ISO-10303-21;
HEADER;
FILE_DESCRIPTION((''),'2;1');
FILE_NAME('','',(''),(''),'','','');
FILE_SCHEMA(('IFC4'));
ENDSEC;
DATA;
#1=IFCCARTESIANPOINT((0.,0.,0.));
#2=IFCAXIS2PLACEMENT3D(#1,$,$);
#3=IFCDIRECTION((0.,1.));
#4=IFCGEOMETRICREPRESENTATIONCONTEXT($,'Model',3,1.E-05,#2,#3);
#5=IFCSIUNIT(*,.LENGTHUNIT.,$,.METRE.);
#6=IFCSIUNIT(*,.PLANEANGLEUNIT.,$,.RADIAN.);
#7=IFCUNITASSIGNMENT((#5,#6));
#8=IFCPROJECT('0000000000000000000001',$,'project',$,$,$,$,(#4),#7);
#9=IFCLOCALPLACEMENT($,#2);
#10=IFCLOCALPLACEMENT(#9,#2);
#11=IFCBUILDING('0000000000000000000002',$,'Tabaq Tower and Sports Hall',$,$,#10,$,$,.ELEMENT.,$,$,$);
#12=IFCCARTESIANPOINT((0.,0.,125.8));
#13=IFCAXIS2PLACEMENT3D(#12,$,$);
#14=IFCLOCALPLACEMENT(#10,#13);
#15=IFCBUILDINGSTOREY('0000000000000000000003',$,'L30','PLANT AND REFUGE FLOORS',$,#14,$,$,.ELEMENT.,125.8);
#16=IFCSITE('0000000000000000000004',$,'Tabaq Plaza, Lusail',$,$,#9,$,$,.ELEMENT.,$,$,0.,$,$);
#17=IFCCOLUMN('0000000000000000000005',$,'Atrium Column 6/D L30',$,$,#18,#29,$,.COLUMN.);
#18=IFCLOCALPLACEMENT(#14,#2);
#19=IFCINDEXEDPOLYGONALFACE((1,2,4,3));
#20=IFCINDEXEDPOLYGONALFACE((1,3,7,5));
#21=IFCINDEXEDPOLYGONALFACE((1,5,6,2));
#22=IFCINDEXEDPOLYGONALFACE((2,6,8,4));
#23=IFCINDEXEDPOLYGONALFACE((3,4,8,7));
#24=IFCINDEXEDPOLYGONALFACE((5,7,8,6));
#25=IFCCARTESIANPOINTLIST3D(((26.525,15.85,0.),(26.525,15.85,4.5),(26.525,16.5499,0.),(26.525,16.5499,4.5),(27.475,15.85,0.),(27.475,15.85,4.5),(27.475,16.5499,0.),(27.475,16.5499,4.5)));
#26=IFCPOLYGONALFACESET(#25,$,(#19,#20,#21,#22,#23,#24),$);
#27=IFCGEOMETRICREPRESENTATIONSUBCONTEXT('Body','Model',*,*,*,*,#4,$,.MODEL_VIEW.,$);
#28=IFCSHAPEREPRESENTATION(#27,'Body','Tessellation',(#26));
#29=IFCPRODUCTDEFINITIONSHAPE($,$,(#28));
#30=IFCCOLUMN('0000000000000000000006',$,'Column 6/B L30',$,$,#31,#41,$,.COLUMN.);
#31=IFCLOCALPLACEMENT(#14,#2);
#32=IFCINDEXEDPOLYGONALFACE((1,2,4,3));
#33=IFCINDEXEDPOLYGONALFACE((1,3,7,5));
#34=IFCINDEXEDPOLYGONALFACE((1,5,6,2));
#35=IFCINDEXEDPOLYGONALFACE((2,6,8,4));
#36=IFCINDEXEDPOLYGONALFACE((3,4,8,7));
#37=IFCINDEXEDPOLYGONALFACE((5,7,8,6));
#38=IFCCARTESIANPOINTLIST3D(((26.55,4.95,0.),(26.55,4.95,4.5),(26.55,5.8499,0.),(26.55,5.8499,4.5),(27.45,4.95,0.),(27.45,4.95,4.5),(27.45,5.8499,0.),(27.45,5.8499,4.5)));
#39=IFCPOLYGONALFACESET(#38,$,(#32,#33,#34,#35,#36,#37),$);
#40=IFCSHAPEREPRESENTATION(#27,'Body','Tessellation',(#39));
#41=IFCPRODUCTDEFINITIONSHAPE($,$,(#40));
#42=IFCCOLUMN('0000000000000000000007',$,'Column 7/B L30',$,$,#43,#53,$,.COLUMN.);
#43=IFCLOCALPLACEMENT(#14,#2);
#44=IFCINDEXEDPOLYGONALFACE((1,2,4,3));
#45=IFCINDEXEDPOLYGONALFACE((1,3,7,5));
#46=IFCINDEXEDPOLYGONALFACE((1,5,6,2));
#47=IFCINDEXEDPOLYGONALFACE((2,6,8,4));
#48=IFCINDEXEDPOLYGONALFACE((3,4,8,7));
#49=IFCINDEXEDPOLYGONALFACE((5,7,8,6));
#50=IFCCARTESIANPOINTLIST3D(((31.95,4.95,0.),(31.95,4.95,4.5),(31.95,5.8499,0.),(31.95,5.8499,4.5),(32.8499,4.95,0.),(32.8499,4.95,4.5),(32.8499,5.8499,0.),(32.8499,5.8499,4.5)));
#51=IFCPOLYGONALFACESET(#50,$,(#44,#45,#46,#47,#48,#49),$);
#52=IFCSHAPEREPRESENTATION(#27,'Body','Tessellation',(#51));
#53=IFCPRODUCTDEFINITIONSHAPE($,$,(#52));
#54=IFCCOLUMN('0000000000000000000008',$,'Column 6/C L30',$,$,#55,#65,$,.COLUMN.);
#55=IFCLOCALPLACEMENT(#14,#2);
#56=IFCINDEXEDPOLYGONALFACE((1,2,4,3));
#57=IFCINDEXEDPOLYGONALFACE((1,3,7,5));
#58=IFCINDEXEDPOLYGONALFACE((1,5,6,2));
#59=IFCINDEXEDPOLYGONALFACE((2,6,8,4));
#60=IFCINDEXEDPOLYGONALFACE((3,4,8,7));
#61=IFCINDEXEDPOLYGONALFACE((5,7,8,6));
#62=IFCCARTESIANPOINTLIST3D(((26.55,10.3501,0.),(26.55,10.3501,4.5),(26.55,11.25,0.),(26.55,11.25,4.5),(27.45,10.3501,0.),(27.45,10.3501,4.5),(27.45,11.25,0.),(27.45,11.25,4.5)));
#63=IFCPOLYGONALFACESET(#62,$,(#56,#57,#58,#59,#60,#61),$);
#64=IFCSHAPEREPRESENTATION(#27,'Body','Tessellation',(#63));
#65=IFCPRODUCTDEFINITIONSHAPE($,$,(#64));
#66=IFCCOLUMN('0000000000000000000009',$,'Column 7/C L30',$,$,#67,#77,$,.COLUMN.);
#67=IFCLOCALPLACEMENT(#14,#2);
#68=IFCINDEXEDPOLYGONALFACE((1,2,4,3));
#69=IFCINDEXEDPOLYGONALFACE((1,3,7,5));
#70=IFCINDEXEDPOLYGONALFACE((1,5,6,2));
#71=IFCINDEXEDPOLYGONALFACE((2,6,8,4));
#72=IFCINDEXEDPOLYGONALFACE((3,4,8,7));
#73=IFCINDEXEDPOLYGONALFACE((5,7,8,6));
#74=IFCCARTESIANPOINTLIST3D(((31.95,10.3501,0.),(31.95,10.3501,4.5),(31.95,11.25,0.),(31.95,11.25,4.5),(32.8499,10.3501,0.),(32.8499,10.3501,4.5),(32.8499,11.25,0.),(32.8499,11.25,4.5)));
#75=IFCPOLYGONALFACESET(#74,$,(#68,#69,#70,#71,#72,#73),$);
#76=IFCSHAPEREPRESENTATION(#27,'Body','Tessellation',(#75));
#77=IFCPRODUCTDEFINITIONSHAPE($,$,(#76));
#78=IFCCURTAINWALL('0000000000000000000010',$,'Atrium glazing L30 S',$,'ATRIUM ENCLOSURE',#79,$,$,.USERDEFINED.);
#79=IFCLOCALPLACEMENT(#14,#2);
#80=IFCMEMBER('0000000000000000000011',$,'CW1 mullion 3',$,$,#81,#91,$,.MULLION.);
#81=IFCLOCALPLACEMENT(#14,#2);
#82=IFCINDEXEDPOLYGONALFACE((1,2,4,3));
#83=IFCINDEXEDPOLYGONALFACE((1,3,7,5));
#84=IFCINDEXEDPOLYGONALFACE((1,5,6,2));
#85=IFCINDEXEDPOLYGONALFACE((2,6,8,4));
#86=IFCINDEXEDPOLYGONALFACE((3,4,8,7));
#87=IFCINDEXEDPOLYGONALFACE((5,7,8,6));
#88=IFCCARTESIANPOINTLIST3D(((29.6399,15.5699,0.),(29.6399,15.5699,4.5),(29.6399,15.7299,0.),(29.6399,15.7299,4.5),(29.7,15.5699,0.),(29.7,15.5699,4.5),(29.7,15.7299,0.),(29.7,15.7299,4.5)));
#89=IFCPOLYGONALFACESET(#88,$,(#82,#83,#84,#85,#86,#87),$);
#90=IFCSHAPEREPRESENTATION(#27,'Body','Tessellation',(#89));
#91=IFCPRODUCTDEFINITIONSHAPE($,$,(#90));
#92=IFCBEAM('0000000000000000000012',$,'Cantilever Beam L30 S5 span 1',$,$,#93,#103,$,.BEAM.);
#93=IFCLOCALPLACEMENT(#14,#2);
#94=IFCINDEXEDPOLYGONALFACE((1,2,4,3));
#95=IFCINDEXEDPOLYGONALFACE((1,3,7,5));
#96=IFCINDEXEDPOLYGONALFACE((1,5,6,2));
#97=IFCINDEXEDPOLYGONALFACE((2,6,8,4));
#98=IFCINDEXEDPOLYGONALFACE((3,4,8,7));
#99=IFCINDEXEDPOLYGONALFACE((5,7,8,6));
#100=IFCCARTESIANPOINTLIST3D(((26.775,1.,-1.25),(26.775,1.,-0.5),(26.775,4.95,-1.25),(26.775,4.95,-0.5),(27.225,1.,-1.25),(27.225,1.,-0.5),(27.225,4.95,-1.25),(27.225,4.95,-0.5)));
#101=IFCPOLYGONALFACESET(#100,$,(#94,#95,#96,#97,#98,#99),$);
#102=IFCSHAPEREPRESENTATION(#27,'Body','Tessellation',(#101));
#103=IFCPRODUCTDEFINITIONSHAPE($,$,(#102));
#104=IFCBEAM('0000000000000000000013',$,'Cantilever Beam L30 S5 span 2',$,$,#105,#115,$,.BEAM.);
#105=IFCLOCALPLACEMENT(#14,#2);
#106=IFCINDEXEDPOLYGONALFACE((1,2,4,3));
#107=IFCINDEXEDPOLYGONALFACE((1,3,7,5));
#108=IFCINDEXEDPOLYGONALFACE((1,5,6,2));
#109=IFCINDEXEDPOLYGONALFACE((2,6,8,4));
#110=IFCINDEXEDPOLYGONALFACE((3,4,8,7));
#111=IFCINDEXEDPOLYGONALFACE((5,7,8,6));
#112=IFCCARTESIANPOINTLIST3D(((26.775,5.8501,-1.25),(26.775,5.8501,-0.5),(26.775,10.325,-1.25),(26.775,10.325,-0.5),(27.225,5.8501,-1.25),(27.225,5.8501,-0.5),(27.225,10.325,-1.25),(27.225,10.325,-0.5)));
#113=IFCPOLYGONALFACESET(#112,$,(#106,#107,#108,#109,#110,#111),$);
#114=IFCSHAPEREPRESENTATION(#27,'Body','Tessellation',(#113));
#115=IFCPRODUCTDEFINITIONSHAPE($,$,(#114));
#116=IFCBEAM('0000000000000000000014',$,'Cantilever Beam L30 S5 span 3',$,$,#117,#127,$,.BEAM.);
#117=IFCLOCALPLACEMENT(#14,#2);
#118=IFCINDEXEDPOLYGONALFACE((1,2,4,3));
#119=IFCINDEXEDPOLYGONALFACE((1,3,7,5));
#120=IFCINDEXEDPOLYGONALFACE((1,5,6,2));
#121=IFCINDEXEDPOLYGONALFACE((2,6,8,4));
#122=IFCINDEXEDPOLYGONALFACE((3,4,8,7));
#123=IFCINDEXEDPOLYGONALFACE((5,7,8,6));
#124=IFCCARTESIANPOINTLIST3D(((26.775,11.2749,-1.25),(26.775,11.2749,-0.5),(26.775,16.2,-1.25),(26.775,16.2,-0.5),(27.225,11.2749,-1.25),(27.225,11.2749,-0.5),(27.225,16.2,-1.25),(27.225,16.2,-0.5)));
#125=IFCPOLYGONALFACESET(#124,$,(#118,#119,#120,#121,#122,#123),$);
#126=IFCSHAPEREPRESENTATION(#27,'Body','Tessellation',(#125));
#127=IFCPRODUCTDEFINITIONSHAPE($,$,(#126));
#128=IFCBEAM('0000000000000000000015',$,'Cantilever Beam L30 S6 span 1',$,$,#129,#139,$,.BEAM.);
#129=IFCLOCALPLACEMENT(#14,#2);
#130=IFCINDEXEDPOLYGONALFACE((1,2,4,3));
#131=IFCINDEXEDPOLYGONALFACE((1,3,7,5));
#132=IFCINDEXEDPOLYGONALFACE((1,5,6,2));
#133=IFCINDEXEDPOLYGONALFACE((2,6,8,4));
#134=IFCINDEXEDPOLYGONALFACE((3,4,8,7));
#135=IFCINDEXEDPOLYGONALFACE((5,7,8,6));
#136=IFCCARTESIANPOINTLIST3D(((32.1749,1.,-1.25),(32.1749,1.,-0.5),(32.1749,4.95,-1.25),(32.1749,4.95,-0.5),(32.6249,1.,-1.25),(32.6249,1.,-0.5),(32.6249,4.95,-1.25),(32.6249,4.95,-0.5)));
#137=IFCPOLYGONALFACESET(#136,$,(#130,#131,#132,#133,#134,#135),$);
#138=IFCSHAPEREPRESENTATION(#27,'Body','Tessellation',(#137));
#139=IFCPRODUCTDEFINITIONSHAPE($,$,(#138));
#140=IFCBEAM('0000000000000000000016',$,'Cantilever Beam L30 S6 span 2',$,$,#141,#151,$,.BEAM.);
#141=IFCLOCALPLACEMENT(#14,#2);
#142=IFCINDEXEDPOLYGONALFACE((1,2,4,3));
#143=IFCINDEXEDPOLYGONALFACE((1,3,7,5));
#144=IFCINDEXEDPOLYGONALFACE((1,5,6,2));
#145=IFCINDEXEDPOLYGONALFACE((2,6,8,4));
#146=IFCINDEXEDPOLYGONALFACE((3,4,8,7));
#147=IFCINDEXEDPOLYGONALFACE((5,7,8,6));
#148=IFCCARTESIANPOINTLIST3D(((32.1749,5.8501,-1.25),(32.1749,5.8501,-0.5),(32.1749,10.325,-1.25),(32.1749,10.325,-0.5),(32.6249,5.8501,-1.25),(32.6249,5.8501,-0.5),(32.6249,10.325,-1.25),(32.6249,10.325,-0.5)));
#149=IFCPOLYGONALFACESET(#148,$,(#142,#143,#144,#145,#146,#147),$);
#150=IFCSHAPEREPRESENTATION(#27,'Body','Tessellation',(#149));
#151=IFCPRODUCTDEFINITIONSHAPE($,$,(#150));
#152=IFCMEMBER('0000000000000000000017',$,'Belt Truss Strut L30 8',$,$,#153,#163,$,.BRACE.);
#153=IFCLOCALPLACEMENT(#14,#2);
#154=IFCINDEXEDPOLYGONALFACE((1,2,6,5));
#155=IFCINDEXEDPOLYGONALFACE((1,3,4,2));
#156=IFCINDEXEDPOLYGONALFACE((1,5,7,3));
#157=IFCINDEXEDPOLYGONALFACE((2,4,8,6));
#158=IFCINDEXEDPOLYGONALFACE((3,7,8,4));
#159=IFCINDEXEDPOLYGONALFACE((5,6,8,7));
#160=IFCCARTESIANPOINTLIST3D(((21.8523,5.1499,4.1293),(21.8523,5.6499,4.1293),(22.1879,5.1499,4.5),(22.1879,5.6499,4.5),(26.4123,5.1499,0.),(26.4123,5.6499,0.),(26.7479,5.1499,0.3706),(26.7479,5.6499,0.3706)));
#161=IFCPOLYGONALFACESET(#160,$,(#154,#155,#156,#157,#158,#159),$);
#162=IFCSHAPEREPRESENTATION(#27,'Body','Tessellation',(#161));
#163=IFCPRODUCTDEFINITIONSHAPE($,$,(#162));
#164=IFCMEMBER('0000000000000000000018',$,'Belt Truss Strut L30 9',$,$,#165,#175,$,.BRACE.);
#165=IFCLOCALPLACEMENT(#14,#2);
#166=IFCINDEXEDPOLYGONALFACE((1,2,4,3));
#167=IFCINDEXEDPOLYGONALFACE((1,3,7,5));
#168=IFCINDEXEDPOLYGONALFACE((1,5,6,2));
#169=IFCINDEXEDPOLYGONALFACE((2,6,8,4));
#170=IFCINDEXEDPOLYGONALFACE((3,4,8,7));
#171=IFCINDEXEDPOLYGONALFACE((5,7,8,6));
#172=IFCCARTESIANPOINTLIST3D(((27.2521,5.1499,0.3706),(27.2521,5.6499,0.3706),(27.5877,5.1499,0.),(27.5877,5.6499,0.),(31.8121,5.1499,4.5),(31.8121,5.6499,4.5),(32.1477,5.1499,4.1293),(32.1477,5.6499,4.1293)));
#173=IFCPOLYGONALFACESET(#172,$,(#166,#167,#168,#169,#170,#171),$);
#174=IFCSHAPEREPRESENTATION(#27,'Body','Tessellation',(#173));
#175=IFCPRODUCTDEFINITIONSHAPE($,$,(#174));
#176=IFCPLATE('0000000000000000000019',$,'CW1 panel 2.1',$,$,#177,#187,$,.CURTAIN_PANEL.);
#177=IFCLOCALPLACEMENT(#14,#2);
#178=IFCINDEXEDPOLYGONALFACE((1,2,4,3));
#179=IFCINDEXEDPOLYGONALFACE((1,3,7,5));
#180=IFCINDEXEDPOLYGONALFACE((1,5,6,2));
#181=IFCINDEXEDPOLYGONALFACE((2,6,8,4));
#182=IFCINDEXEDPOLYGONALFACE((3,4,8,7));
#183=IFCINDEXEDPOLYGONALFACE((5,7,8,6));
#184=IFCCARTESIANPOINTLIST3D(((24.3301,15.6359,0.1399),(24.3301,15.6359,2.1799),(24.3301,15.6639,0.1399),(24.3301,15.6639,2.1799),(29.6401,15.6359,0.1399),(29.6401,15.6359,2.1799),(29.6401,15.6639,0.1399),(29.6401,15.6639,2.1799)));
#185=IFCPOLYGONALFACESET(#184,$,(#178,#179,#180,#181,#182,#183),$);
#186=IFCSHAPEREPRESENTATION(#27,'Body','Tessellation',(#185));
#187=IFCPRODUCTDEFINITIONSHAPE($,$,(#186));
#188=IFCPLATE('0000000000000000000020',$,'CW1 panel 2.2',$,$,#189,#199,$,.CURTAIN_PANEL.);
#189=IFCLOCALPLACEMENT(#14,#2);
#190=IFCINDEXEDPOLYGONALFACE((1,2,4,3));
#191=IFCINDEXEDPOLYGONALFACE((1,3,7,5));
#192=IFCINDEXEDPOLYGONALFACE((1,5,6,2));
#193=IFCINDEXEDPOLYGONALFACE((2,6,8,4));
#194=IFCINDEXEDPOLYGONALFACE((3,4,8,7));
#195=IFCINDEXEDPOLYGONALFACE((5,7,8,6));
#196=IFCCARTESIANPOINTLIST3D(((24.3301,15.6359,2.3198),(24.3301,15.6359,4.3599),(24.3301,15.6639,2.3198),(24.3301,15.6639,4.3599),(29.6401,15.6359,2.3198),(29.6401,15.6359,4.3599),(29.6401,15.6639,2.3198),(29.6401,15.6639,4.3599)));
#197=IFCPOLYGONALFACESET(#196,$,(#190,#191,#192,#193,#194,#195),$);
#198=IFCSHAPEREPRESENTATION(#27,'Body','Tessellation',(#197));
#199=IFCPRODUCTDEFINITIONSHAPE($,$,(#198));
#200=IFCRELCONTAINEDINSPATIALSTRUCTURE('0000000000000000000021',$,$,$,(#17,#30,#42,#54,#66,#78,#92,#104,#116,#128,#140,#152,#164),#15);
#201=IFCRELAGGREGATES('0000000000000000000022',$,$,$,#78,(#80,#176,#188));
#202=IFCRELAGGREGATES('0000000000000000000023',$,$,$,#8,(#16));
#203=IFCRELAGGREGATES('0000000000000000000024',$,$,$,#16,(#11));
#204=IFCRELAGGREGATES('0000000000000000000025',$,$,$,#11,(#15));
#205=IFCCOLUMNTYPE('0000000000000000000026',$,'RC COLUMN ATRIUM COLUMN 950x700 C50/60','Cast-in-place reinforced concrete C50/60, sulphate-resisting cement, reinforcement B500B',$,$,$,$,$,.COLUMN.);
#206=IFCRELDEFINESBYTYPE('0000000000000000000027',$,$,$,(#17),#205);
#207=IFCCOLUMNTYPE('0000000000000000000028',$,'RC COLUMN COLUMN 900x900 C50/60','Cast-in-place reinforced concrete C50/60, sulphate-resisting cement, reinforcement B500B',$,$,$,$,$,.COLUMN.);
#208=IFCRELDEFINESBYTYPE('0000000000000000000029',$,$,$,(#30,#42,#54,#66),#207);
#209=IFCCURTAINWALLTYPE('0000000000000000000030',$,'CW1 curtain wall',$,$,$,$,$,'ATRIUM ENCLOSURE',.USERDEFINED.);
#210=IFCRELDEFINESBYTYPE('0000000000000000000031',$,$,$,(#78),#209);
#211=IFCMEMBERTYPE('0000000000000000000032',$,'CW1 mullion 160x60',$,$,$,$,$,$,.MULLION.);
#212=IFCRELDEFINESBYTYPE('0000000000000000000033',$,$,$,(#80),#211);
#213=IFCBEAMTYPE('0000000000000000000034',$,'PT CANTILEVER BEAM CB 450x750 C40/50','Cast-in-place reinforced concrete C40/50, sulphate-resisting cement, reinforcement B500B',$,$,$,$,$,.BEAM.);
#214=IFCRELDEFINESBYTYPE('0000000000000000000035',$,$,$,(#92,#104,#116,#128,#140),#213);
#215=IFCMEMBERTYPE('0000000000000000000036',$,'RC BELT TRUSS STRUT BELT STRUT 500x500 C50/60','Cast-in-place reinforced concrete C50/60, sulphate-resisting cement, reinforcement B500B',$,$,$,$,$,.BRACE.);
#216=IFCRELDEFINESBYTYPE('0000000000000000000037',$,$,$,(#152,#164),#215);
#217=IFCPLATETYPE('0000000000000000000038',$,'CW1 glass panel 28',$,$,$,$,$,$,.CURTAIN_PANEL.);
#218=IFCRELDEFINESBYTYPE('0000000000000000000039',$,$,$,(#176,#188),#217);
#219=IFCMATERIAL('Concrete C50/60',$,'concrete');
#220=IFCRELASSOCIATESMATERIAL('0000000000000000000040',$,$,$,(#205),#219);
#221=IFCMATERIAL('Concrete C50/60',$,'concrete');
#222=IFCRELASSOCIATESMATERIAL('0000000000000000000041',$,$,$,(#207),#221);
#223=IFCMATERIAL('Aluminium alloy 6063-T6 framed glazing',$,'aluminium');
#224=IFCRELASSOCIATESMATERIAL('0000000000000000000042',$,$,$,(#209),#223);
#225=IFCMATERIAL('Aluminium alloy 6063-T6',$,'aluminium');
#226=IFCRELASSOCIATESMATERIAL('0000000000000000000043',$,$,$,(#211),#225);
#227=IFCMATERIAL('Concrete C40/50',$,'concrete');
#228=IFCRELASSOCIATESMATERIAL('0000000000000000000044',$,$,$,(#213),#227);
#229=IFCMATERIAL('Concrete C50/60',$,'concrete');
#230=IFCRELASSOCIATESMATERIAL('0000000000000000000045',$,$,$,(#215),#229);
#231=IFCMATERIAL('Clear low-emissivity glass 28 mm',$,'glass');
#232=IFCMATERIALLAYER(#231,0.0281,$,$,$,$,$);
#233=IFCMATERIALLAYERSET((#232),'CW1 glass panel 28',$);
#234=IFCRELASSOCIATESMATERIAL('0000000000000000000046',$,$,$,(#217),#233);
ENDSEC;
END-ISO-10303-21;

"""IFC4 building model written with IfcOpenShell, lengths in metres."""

from ifc_helpers import new_model, si_unit, direction, frame, origin, origin_2d, place, context, subcontext, project, spatial, rectangle, extrude, material, layer, layer_set, material_profile, profile_set, type_object, element, aggregate, save


model = new_model("IFC4")

# Units and contexts
model_context = context("Model", 3, precision=1e-05, world=origin(), true_north=direction((0.0, 1.0)))
body_context = subcontext(model_context, "Body", "Model", "MODEL_VIEW")
ifc_project = project(units=[si_unit("LENGTHUNIT", "METRE"), si_unit("PLANEANGLEUNIT", "RADIAN")], contexts=[model_context])

# Site, building, storey
site_placement = place(None, origin())
site = spatial("IfcSite", under=ifc_project, at=site_placement, Name="Tabaq Plaza, Lusail", CompositionType="ELEMENT", RefElevation=0.0)
building_placement = place(site_placement, origin())
building = spatial("IfcBuilding", under=site, at=building_placement, Name="Tabaq Tower and Sports Hall", CompositionType="ELEMENT")
storey_placement = place(building_placement, frame((0.0, 0.0, 125.8)))
storey = spatial("IfcBuildingStorey", under=building, at=storey_placement, Name="L30", Description="PLANT AND REFUGE FLOORS", CompositionType="ELEMENT", Elevation=125.8)

# Columns
ifc_material_1 = material(Name="Concrete C50/60", Category="concrete")
ifc_material_profile_1 = material_profile(ifc_material_1, rectangle(XDim=0.95, YDim=0.7, at=origin_2d()), Name="ATRIUM COLUMN 950x700")
ifc_profile_set_1 = profile_set([ifc_material_profile_1], Name="Concrete C50/60")
column_type_1 = type_object("IfcColumnType", Name="RC COLUMN ATRIUM COLUMN 950x700 C50/60", Description="Cast-in-place reinforced concrete C50/60, sulphate-resisting cement, reinforcement B500B", PredefinedType="COLUMN", material=ifc_profile_set_1)
column_placement = place(storey_placement, frame((27.0, 16.2, 0.0), z_axis=(0.0, 0.0, 1.0), x_axis=(1.0, 0.0, 0.0)))
element("IfcColumn", 1, at=column_placement, inside=storey, type_object=column_type_1, Name="Atrium Column 6/D L30", PredefinedType="COLUMN", context=body_context, shape_type="SweptSolid", body=[
    extrude(rectangle(XDim=0.95, YDim=0.7, at=origin_2d()), origin(), (0.0, 0.0, 1.0), 4.5),
])
ifc_material_2 = material(Name="Concrete C50/60", Category="concrete")
ifc_material_profile_2 = material_profile(ifc_material_2, rectangle(XDim=0.8999, YDim=0.8999, at=origin_2d()), Name="COLUMN 900x900")
ifc_profile_set_2 = profile_set([ifc_material_profile_2], Name="Concrete C50/60")
column_type_2 = type_object("IfcColumnType", Name="RC COLUMN COLUMN 900x900 C50/60", Description="Cast-in-place reinforced concrete C50/60, sulphate-resisting cement, reinforcement B500B", PredefinedType="COLUMN", material=ifc_profile_set_2)
for number, where, z_axis, x_axis, name in (
    (2, (27.0, 5.3999, 0.0), (0.0, 0.0, 1.0), (1.0, 0.0, 0.0), "Column 6/B L30"),
    (3, (32.3999, 5.3999, 0.0), (0.0, 0.0, 1.0), (1.0, 0.0, 0.0), "Column 7/B L30"),
    (4, (27.0, 10.8, 0.0), (0.0, 0.0, 1.0), (1.0, 0.0, 0.0), "Column 6/C L30"),
    (5, (32.3999, 10.8, 0.0), (0.0, 0.0, 1.0), (1.0, 0.0, 0.0), "Column 7/C L30"),
):
    element("IfcColumn", number, at=place(storey_placement, frame(where, z_axis=z_axis, x_axis=x_axis)), inside=storey, type_object=column_type_2, Name=name, PredefinedType="COLUMN", context=body_context, shape_type="SweptSolid", body=[
        extrude(rectangle(XDim=0.8999, YDim=0.8999, at=origin_2d()), origin(), (0.0, 0.0, 1.0), 4.5),
    ])

# Curtain wall, member
ifc_material_3 = material(Name="Aluminium alloy 6063-T6 framed glazing", Category="aluminium")
curtain_wall_type = type_object("IfcCurtainWallType", Name="CW1 curtain wall", ElementType="ATRIUM ENCLOSURE", PredefinedType="USERDEFINED", material=ifc_material_3)
curtain_wall_placement = place(storey_placement, origin())
curtain_wall = element("IfcCurtainWall", 6, at=curtain_wall_placement, inside=storey, type_object=curtain_wall_type, Name="Atrium glazing L30 S", ObjectType="ATRIUM ENCLOSURE", PredefinedType="USERDEFINED")
ifc_material_4 = material(Name="Aluminium alloy 6063-T6", Category="aluminium")
ifc_material_profile_3 = material_profile(ifc_material_4, rectangle(XDim=0.1599, YDim=0.0601, at=origin_2d()), Name="MULLION 160x60")
ifc_profile_set_3 = profile_set([ifc_material_profile_3], Name="Aluminium alloy 6063-T6")
member_type_1 = type_object("IfcMemberType", Name="CW1 mullion 160x60", PredefinedType="MULLION", material=ifc_profile_set_3)
member_placement = place(storey_placement, frame((29.6699, 15.6499, 0.0), z_axis=(0.0, 0.0, 1.0), x_axis=(0.0, 1.0, 0.0)))
member = element("IfcMember", 7, at=member_placement, type_object=member_type_1, Name="CW1 mullion 3", PredefinedType="MULLION", context=body_context, shape_type="SweptSolid", body=[
    extrude(rectangle(XDim=0.1599, YDim=0.0601, at=origin_2d()), origin(), (0.0, 0.0, 1.0), 4.5),
])

# Beams
ifc_material_5 = material(Name="Concrete C40/50", Category="concrete")
ifc_material_profile_4 = material_profile(ifc_material_5, rectangle(XDim=0.45, YDim=0.75, at=origin_2d()), Name="CB 450x750")
ifc_profile_set_4 = profile_set([ifc_material_profile_4], Name="Concrete C40/50")
beam_type = type_object("IfcBeamType", Name="PT CANTILEVER BEAM CB 450x750 C40/50", Description="Cast-in-place reinforced concrete C40/50, sulphate-resisting cement, reinforcement B500B", PredefinedType="BEAM", material=ifc_profile_set_4)
beam_1_placement = place(storey_placement, frame((27.0, 1.0, -0.875), z_axis=(0.0, 1.0, 0.0), x_axis=(-1.0, 0.0, 0.0)))
element("IfcBeam", 8, at=beam_1_placement, inside=storey, type_object=beam_type, Name="Cantilever Beam L30 S5 span 1", PredefinedType="BEAM", context=body_context, shape_type="SweptSolid", body=[
    extrude(rectangle(XDim=0.45, YDim=0.75, at=origin_2d()), origin(), (0.0, 0.0, 1.0), 3.95),
])
beam_2_placement = place(storey_placement, frame((27.0, 5.8501, -0.875), z_axis=(0.0, 1.0, 0.0), x_axis=(-1.0, 0.0, 0.0)))
element("IfcBeam", 9, at=beam_2_placement, inside=storey, type_object=beam_type, Name="Cantilever Beam L30 S5 span 2", PredefinedType="BEAM", context=body_context, shape_type="SweptSolid", body=[
    extrude(rectangle(XDim=0.45, YDim=0.75, at=origin_2d()), origin(), (0.0, 0.0, 1.0), 4.4749),
])
beam_3_placement = place(storey_placement, frame((27.0, 11.2749, -0.875), z_axis=(0.0, 1.0, 0.0), x_axis=(-1.0, 0.0, 0.0)))
element("IfcBeam", 10, at=beam_3_placement, inside=storey, type_object=beam_type, Name="Cantilever Beam L30 S5 span 3", PredefinedType="BEAM", context=body_context, shape_type="SweptSolid", body=[
    extrude(rectangle(XDim=0.45, YDim=0.75, at=origin_2d()), origin(), (0.0, 0.0, 1.0), 4.925),
])
beam_4_placement = place(storey_placement, frame((32.3999, 1.0, -0.875), z_axis=(0.0, 1.0, 0.0), x_axis=(-1.0, 0.0, 0.0)))
element("IfcBeam", 11, at=beam_4_placement, inside=storey, type_object=beam_type, Name="Cantilever Beam L30 S6 span 1", PredefinedType="BEAM", context=body_context, shape_type="SweptSolid", body=[
    extrude(rectangle(XDim=0.45, YDim=0.75, at=origin_2d()), origin(), (0.0, 0.0, 1.0), 3.95),
])
beam_5_placement = place(storey_placement, frame((32.3999, 5.8501, -0.875), z_axis=(0.0, 1.0, 0.0), x_axis=(-1.0, 0.0, 0.0)))
element("IfcBeam", 12, at=beam_5_placement, inside=storey, type_object=beam_type, Name="Cantilever Beam L30 S6 span 2", PredefinedType="BEAM", context=body_context, shape_type="SweptSolid", body=[
    extrude(rectangle(XDim=0.45, YDim=0.75, at=origin_2d()), origin(), (0.0, 0.0, 1.0), 4.4749),
])

# Members
ifc_material_6 = material(Name="Concrete C50/60", Category="concrete")
ifc_material_profile_5 = material_profile(ifc_material_6, rectangle(XDim=0.5, YDim=0.5, at=origin_2d()), Name="BELT STRUT 500x500")
ifc_profile_set_5 = profile_set([ifc_material_profile_5], Name="Concrete C50/60")
member_type_2 = type_object("IfcMemberType", Name="RC BELT TRUSS STRUT BELT STRUT 500x500 C50/60", Description="Cast-in-place reinforced concrete C50/60, sulphate-resisting cement, reinforcement B500B", PredefinedType="BRACE", material=ifc_profile_set_5)
for number, where, z_axis, x_axis, name in (
    (13, (26.5801, 5.3999, 0.1853), (-0.741242, 0.0, 0.671237), (0.0, -1.0, 0.0), "Belt Truss Strut L30 8"),
    (14, (27.4199, 5.3999, 0.1853), (0.741242, 0.0, 0.671237), (0.0, 1.0, 0.0), "Belt Truss Strut L30 9"),
):
    element("IfcMember", number, at=place(storey_placement, frame(where, z_axis=z_axis, x_axis=x_axis)), inside=storey, type_object=member_type_2, Name=name, PredefinedType="BRACE", context=body_context, shape_type="SweptSolid", body=[
        extrude(rectangle(XDim=0.5, YDim=0.5, at=origin_2d()), origin(), (0.0, 0.0, 1.0), 6.1519),
    ])

# Plates
ifc_material_7 = material(Name="Clear low-emissivity glass 28 mm", Category="glass")
ifc_layer_1 = layer(ifc_material_7, 0.0281)
ifc_layer_set_1 = layer_set([ifc_layer_1], Name="CW1 glass panel 28")
plate_type = type_object("IfcPlateType", Name="CW1 glass panel 28", PredefinedType="CURTAIN_PANEL", material=ifc_layer_set_1)
plate_1_placement = place(storey_placement, frame((26.9851, 15.6499, 0.1399), z_axis=(0.0, 0.0, 1.0), x_axis=(1.0, 0.0, 0.0)))
plate_1 = element("IfcPlate", 15, at=plate_1_placement, type_object=plate_type, Name="CW1 panel 2.1", PredefinedType="CURTAIN_PANEL", context=body_context, shape_type="SweptSolid", body=[
    extrude(rectangle(XDim=5.3101, YDim=0.0281, at=origin_2d()), origin(), (0.0, 0.0, 1.0), 2.04),
])
plate_2_placement = place(storey_placement, frame((26.9851, 15.6499, 2.3198), z_axis=(0.0, 0.0, 1.0), x_axis=(1.0, 0.0, 0.0)))
plate_2 = element("IfcPlate", 16, at=plate_2_placement, type_object=plate_type, Name="CW1 panel 2.2", PredefinedType="CURTAIN_PANEL", context=body_context, shape_type="SweptSolid", body=[
    extrude(rectangle(XDim=5.3101, YDim=0.0281, at=origin_2d()), origin(), (0.0, 0.0, 1.0), 2.04),
])
aggregate(curtain_wall, [member, plate_1, plate_2])

save(model, "model.ifc")
